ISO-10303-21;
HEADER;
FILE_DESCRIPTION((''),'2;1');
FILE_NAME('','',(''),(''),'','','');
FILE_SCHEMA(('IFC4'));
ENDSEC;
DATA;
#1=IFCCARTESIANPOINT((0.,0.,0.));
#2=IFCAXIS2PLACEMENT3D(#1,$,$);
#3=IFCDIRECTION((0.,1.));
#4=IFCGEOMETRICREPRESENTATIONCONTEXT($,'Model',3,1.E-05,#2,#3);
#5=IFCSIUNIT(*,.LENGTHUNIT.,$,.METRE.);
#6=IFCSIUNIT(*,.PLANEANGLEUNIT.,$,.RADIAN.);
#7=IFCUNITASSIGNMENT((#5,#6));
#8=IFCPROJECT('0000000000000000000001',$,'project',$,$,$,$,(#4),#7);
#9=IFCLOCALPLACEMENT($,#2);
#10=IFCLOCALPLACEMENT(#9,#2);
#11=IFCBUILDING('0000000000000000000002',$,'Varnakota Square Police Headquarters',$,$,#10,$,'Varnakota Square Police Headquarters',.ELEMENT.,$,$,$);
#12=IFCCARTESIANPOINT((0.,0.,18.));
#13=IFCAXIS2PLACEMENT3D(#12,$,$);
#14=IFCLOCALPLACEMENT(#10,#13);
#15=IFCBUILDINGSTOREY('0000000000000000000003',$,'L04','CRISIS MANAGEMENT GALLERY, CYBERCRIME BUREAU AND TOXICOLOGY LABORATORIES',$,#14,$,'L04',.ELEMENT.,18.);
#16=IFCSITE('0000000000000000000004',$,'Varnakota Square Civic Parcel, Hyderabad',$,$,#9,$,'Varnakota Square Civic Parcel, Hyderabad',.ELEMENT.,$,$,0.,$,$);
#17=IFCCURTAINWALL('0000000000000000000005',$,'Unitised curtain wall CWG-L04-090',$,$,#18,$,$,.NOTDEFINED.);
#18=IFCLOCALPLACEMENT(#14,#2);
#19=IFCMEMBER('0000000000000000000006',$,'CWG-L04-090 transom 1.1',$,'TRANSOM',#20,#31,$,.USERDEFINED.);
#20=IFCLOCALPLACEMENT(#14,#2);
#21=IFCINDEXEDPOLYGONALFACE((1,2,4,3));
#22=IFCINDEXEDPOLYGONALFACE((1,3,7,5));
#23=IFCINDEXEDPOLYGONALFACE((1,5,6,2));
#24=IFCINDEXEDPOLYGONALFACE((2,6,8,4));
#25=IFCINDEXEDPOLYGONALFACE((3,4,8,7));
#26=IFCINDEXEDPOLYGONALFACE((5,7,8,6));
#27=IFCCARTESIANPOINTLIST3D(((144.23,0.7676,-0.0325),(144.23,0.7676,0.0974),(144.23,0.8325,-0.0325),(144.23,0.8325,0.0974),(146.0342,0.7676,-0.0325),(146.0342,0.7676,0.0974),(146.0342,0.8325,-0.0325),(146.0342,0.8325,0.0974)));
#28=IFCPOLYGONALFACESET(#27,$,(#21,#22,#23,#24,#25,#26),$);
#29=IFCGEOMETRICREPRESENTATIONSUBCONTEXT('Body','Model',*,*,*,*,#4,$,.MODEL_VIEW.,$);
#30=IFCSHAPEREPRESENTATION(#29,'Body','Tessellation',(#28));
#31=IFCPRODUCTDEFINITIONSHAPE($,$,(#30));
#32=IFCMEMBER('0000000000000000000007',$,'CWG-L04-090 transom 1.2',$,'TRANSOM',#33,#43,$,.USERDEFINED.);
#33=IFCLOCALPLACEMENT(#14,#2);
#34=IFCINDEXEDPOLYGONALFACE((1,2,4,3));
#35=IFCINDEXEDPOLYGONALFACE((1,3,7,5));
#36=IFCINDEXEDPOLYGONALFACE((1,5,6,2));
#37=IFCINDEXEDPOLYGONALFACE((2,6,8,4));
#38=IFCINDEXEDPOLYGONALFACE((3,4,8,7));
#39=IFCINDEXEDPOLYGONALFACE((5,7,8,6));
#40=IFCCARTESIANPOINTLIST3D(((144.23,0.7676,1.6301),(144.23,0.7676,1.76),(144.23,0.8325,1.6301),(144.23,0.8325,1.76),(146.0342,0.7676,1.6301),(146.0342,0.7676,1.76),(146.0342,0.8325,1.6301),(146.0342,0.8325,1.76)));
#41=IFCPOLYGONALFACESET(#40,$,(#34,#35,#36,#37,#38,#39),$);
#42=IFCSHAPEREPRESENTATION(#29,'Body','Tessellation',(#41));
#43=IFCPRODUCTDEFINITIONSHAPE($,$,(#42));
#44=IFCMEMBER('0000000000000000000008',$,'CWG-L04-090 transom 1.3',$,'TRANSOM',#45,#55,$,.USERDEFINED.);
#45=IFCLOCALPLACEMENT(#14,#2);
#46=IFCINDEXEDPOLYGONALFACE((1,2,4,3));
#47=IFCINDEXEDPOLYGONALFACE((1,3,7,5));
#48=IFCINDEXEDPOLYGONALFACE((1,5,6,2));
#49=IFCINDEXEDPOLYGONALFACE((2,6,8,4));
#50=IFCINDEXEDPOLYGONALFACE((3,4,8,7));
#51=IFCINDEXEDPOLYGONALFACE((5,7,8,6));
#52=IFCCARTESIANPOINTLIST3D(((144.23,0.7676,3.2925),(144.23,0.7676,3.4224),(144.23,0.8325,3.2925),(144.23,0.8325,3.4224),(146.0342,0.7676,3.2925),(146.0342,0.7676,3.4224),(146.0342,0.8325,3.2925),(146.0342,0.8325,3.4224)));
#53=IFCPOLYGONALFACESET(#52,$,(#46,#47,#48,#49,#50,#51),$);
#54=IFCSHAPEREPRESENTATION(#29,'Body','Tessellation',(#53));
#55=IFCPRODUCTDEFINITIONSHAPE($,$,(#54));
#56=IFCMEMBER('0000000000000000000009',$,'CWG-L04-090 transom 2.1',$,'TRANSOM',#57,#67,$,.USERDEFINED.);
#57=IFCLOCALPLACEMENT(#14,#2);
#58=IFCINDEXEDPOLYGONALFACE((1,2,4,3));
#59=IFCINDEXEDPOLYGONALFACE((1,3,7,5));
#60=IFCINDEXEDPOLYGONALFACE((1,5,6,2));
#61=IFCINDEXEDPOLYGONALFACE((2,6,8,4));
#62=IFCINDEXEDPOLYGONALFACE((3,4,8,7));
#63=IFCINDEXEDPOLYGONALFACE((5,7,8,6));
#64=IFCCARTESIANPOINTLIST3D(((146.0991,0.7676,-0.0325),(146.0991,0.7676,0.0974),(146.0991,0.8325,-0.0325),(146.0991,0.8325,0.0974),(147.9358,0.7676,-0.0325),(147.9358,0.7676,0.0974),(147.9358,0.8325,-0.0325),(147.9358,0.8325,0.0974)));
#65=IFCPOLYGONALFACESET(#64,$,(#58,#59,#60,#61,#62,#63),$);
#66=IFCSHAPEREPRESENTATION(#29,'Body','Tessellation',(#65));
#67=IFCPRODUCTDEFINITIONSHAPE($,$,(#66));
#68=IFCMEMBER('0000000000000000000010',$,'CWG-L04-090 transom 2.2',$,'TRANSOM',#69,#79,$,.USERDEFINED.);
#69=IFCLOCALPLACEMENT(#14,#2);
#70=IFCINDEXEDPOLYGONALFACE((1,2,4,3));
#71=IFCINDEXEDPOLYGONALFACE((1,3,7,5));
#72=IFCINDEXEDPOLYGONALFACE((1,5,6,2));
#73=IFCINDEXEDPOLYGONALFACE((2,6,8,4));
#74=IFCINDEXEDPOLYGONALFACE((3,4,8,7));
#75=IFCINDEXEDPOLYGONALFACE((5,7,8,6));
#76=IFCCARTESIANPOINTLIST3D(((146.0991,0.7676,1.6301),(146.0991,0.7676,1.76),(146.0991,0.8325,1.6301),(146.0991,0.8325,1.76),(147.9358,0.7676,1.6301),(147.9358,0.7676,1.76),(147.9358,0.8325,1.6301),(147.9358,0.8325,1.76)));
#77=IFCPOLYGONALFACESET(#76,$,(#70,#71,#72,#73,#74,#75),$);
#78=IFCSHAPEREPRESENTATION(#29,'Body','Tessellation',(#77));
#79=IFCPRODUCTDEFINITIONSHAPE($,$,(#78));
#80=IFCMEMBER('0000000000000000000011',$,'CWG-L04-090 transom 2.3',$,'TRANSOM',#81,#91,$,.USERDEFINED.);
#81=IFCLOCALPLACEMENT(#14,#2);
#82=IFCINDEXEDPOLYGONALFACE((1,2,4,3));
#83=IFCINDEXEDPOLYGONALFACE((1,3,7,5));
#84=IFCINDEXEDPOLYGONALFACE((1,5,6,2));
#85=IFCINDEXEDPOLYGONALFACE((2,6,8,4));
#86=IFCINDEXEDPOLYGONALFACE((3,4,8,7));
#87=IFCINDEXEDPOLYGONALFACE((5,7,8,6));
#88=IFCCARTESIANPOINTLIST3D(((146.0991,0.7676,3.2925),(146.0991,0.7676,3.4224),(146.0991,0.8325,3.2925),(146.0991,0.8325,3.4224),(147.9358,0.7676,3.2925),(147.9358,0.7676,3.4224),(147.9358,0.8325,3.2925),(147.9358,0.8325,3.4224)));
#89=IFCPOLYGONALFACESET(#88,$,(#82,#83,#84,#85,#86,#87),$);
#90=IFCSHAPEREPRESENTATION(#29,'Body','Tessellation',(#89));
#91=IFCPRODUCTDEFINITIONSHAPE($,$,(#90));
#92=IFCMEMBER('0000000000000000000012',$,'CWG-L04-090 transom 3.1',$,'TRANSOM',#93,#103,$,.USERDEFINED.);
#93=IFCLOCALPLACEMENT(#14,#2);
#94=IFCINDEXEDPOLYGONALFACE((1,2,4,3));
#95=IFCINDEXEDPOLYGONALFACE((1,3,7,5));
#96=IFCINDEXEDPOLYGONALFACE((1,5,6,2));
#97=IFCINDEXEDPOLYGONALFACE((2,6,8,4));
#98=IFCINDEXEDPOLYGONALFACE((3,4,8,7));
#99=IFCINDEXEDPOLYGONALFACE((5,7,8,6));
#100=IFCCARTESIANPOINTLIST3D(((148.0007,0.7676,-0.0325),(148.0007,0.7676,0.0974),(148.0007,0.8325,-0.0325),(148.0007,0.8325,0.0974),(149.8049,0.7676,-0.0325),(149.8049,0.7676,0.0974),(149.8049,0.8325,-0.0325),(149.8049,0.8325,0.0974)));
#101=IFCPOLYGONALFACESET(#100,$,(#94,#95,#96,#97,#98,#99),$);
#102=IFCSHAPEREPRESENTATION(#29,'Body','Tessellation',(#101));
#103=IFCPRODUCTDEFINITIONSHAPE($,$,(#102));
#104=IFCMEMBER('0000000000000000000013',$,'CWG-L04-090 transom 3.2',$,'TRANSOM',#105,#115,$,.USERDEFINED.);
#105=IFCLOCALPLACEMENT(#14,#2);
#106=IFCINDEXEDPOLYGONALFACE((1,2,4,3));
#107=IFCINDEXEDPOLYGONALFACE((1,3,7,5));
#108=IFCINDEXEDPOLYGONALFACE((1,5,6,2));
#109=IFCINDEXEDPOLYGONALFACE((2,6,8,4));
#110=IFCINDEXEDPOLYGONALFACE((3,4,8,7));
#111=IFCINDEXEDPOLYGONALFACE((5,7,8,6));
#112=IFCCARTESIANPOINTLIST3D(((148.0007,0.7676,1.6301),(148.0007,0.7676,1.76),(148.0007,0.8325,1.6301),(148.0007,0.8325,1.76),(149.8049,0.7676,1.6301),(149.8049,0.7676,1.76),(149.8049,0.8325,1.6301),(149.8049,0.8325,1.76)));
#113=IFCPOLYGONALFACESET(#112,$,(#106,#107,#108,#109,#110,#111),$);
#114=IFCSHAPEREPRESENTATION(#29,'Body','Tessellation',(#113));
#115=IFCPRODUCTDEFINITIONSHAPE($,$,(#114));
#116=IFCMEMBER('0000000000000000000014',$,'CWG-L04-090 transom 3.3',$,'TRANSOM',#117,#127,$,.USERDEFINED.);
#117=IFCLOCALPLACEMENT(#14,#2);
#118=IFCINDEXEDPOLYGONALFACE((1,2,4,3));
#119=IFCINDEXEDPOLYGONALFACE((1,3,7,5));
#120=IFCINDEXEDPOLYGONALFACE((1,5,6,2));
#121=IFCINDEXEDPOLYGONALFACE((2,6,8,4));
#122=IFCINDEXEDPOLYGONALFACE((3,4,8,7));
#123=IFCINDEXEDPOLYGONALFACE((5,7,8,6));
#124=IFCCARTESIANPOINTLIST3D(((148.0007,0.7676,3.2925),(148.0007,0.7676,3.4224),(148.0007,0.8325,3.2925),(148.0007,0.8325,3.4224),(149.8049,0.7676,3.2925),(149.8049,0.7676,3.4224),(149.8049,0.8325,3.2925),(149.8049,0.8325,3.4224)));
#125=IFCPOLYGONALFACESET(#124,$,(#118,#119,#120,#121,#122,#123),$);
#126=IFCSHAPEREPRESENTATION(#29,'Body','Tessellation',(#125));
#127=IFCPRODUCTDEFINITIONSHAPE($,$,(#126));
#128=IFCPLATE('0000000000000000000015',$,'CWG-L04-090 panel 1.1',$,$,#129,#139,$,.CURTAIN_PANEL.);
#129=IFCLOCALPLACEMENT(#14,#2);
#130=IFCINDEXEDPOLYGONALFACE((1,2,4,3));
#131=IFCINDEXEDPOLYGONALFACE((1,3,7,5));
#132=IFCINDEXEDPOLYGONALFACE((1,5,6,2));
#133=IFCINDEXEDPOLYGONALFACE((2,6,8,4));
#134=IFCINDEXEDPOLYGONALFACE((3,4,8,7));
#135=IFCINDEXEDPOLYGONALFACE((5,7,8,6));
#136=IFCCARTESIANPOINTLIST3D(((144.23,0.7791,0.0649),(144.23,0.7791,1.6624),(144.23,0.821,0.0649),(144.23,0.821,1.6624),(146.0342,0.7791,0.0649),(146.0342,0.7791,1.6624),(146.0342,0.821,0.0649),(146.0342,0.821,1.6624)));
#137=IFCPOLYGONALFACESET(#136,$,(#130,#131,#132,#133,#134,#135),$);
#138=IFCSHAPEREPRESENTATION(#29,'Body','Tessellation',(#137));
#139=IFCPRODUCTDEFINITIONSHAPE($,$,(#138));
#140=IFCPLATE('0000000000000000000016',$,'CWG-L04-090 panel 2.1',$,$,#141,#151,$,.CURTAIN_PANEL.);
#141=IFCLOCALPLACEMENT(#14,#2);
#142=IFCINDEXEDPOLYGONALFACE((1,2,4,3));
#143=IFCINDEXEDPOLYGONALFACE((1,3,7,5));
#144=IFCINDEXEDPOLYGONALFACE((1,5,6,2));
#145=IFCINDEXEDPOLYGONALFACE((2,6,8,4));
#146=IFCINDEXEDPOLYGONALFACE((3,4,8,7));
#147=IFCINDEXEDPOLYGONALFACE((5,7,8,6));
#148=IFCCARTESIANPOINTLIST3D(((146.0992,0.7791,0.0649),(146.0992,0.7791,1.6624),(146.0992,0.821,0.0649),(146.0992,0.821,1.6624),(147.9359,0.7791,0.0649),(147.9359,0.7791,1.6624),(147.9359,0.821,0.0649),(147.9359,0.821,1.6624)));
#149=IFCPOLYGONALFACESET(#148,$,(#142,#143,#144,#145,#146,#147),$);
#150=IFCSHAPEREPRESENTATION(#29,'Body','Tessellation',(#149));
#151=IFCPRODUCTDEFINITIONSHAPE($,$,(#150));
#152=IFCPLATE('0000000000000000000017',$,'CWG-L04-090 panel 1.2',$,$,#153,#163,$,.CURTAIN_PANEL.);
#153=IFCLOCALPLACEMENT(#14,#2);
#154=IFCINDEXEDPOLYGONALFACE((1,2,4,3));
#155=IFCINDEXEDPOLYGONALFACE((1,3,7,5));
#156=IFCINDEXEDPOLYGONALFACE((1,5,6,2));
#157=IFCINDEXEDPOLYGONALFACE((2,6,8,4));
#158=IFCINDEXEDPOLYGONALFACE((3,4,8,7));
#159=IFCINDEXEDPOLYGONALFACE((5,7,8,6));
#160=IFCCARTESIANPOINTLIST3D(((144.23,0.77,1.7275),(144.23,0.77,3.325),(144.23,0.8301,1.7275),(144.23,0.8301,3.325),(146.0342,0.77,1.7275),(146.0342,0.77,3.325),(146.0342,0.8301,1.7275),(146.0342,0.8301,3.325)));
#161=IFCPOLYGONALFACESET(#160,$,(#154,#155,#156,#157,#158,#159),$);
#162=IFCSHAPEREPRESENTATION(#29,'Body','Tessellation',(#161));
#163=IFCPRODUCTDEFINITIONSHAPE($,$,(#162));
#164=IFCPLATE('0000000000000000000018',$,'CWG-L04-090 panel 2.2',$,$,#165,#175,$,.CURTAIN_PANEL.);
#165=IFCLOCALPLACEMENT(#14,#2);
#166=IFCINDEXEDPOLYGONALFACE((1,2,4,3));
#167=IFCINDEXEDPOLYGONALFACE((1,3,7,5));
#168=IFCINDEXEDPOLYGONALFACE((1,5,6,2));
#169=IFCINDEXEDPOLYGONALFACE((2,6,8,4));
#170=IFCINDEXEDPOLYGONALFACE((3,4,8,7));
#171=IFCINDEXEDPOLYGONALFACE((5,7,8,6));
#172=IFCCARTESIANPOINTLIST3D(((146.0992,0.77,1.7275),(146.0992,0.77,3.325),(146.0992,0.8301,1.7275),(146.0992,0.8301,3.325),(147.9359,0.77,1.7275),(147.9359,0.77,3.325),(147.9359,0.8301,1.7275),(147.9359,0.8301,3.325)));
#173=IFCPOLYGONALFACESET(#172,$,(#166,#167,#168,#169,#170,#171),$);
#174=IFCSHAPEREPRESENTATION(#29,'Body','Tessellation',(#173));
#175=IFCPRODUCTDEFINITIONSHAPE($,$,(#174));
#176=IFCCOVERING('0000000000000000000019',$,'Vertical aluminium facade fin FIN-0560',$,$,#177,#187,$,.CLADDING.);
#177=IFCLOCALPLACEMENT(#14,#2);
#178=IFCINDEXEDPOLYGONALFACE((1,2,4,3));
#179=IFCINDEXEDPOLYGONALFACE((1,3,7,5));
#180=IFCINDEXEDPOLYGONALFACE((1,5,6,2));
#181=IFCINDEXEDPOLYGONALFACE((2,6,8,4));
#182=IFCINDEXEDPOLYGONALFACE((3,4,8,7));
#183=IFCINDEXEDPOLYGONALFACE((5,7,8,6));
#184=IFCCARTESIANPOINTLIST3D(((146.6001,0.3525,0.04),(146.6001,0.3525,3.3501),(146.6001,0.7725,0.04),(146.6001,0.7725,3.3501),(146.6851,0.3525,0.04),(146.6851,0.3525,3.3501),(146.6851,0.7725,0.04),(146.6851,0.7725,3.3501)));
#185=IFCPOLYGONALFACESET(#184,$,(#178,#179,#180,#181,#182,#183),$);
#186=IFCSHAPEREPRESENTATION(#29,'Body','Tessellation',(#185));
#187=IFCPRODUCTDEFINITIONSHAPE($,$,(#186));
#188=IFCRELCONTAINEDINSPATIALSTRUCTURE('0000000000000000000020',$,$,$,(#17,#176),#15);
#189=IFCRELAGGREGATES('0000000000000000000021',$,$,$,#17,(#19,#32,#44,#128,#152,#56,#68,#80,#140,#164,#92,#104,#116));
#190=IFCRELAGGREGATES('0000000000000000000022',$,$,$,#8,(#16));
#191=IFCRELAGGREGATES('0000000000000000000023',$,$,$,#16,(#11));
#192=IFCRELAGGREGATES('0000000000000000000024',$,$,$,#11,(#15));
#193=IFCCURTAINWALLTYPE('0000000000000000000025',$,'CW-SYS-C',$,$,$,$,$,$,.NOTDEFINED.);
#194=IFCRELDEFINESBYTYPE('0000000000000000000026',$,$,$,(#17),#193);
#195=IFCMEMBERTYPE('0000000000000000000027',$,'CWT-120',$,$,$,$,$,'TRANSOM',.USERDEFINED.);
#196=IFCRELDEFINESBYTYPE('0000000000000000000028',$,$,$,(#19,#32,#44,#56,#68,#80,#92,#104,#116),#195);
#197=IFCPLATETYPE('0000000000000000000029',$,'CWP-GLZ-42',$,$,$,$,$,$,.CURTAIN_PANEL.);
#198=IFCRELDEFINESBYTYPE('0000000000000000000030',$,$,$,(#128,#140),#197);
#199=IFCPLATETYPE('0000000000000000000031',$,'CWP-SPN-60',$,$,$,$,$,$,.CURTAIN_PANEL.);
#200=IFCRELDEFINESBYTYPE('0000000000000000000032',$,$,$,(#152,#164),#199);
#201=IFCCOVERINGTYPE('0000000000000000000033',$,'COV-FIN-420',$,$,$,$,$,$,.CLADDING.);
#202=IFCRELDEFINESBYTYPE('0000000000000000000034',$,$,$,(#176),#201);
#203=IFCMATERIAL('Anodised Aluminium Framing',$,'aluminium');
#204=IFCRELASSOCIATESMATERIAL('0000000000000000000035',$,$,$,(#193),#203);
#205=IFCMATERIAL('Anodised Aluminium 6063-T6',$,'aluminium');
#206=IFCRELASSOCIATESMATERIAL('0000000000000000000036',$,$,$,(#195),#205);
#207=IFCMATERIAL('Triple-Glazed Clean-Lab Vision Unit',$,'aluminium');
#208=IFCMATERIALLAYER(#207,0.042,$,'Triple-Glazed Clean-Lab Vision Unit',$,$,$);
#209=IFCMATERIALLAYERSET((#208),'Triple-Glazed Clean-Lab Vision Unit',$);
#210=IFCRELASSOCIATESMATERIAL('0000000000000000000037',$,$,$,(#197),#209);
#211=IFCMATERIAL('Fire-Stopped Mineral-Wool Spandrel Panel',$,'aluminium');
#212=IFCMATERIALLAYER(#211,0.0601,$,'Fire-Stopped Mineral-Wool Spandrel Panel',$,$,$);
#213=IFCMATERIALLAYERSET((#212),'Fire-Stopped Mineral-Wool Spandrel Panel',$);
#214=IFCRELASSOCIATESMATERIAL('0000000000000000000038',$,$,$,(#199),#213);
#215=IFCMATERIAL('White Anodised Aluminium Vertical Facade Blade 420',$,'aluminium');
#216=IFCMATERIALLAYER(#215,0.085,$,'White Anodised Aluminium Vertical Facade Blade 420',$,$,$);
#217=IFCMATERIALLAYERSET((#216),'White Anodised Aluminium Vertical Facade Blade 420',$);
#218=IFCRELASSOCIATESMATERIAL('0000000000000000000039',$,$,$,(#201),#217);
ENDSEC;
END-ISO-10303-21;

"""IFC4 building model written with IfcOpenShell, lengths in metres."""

from ifc_helpers import new_model, si_unit, direction, frame, origin, origin_2d, place, context, subcontext, project, spatial, rectangle, extrude, material, layer, layer_set, material_profile, profile_set, type_object, element, aggregate, save


model = new_model("IFC4")

# Units and contexts
model_context = context("Model", 3, precision=1e-05, world=origin(), true_north=direction((0.0, 1.0)))
body_context = subcontext(model_context, "Body", "Model", "MODEL_VIEW")
ifc_project = project(units=[si_unit("LENGTHUNIT", "METRE"), si_unit("PLANEANGLEUNIT", "RADIAN")], contexts=[model_context])

# Site, building, storey
site_placement = place(None, origin())
site = spatial("IfcSite", under=ifc_project, at=site_placement, Name="Varnakota Square Civic Parcel, Hyderabad", LongName="Varnakota Square Civic Parcel, Hyderabad", CompositionType="ELEMENT", RefElevation=0.0)
building_placement = place(site_placement, origin())
building = spatial("IfcBuilding", under=site, at=building_placement, Name="Varnakota Square Police Headquarters", LongName="Varnakota Square Police Headquarters", CompositionType="ELEMENT")
storey_placement = place(building_placement, frame((0.0, 0.0, 18.0)))
storey = spatial("IfcBuildingStorey", under=building, at=storey_placement, Name="L04", Description="CRISIS MANAGEMENT GALLERY, CYBERCRIME BUREAU AND TOXICOLOGY LABORATORIES", LongName="L04", CompositionType="ELEMENT", Elevation=18.0)

# Curtain wall, members, plates
ifc_material_1 = material(Name="Anodised Aluminium Framing", Category="aluminium")
curtain_wall_type = type_object("IfcCurtainWallType", Name="CW-SYS-C", PredefinedType="NOTDEFINED", material=ifc_material_1)
curtain_wall_placement = place(storey_placement, origin())
curtain_wall = element("IfcCurtainWall", 1, at=curtain_wall_placement, inside=storey, type_object=curtain_wall_type, Name="Unitised curtain wall CWG-L04-090", PredefinedType="NOTDEFINED")
ifc_material_2 = material(Name="Anodised Aluminium 6063-T6", Category="aluminium")
ifc_material_profile_1 = material_profile(ifc_material_2, rectangle(XDim=0.0649, YDim=0.1299, at=origin_2d()), Name="ALU TRANSOM 65x130")
ifc_profile_set_1 = profile_set([ifc_material_profile_1], Name="Anodised Aluminium 6063-T6")
member_type_1 = type_object("IfcMemberType", Name="CWT-120", ElementType="TRANSOM", PredefinedType="USERDEFINED", material=ifc_profile_set_1)
member_1_placement = place(storey_placement, frame((144.23, 0.8, 0.0325), z_axis=(1.0, 0.0, 0.0), x_axis=(0.0, 1.0, 0.0)))
member_1 = element("IfcMember", 2, at=member_1_placement, type_object=member_type_1, Name="CWG-L04-090 transom 1.1", ObjectType="TRANSOM", PredefinedType="USERDEFINED", context=body_context, shape_type="SweptSolid", body=[
    extrude(rectangle(XDim=0.0649, YDim=0.1299, at=origin_2d()), origin(), (0.0, 0.0, 1.0), 1.8042),
])
member_2_placement = place(storey_placement, frame((144.23, 0.8, 1.6951), z_axis=(1.0, 0.0, 0.0), x_axis=(0.0, 1.0, 0.0)))
member_2 = element("IfcMember", 3, at=member_2_placement, type_object=member_type_1, Name="CWG-L04-090 transom 1.2", ObjectType="TRANSOM", PredefinedType="USERDEFINED", context=body_context, shape_type="SweptSolid", body=[
    extrude(rectangle(XDim=0.0649, YDim=0.1299, at=origin_2d()), origin(), (0.0, 0.0, 1.0), 1.8042),
])
member_3_placement = place(storey_placement, frame((144.23, 0.8, 3.3574), z_axis=(1.0, 0.0, 0.0), x_axis=(0.0, 1.0, 0.0)))
member_3 = element("IfcMember", 4, at=member_3_placement, type_object=member_type_1, Name="CWG-L04-090 transom 1.3", ObjectType="TRANSOM", PredefinedType="USERDEFINED", context=body_context, shape_type="SweptSolid", body=[
    extrude(rectangle(XDim=0.0649, YDim=0.1299, at=origin_2d()), origin(), (0.0, 0.0, 1.0), 1.8042),
])
member_4_placement = place(storey_placement, frame((146.0991, 0.8, 0.0325), z_axis=(1.0, 0.0, 0.0), x_axis=(0.0, 1.0, 0.0)))
member_4 = element("IfcMember", 5, at=member_4_placement, type_object=member_type_1, Name="CWG-L04-090 transom 2.1", ObjectType="TRANSOM", PredefinedType="USERDEFINED", context=body_context, shape_type="SweptSolid", body=[
    extrude(rectangle(XDim=0.0649, YDim=0.1299, at=origin_2d()), origin(), (0.0, 0.0, 1.0), 1.8367),
])
member_5_placement = place(storey_placement, frame((146.0991, 0.8, 1.6951), z_axis=(1.0, 0.0, 0.0), x_axis=(0.0, 1.0, 0.0)))
member_5 = element("IfcMember", 6, at=member_5_placement, type_object=member_type_1, Name="CWG-L04-090 transom 2.2", ObjectType="TRANSOM", PredefinedType="USERDEFINED", context=body_context, shape_type="SweptSolid", body=[
    extrude(rectangle(XDim=0.0649, YDim=0.1299, at=origin_2d()), origin(), (0.0, 0.0, 1.0), 1.8367),
])
member_6_placement = place(storey_placement, frame((146.0991, 0.8, 3.3574), z_axis=(1.0, 0.0, 0.0), x_axis=(0.0, 1.0, 0.0)))
member_6 = element("IfcMember", 7, at=member_6_placement, type_object=member_type_1, Name="CWG-L04-090 transom 2.3", ObjectType="TRANSOM", PredefinedType="USERDEFINED", context=body_context, shape_type="SweptSolid", body=[
    extrude(rectangle(XDim=0.0649, YDim=0.1299, at=origin_2d()), origin(), (0.0, 0.0, 1.0), 1.8367),
])
member_7_placement = place(storey_placement, frame((148.0007, 0.8, 0.0325), z_axis=(1.0, 0.0, 0.0), x_axis=(0.0, 1.0, 0.0)))
member_7 = element("IfcMember", 8, at=member_7_placement, type_object=member_type_1, Name="CWG-L04-090 transom 3.1", ObjectType="TRANSOM", PredefinedType="USERDEFINED", context=body_context, shape_type="SweptSolid", body=[
    extrude(rectangle(XDim=0.0649, YDim=0.1299, at=origin_2d()), origin(), (0.0, 0.0, 1.0), 1.8042),
])
member_8_placement = place(storey_placement, frame((148.0007, 0.8, 1.6951), z_axis=(1.0, 0.0, 0.0), x_axis=(0.0, 1.0, 0.0)))
member_8 = element("IfcMember", 9, at=member_8_placement, type_object=member_type_1, Name="CWG-L04-090 transom 3.2", ObjectType="TRANSOM", PredefinedType="USERDEFINED", context=body_context, shape_type="SweptSolid", body=[
    extrude(rectangle(XDim=0.0649, YDim=0.1299, at=origin_2d()), origin(), (0.0, 0.0, 1.0), 1.8042),
])
member_9_placement = place(storey_placement, frame((148.0007, 0.8, 3.3574), z_axis=(1.0, 0.0, 0.0), x_axis=(0.0, 1.0, 0.0)))
member_9 = element("IfcMember", 10, at=member_9_placement, type_object=member_type_1, Name="CWG-L04-090 transom 3.3", ObjectType="TRANSOM", PredefinedType="USERDEFINED", context=body_context, shape_type="SweptSolid", body=[
    extrude(rectangle(XDim=0.0649, YDim=0.1299, at=origin_2d()), origin(), (0.0, 0.0, 1.0), 1.8042),
])
ifc_material_3 = material(Name="Triple-Glazed Clean-Lab Vision Unit", Category="aluminium")
ifc_layer_1 = layer(ifc_material_3, 0.042, Name="Triple-Glazed Clean-Lab Vision Unit")
ifc_layer_set_1 = layer_set([ifc_layer_1], Name="Triple-Glazed Clean-Lab Vision Unit")
plate_type_1 = type_object("IfcPlateType", Name="CWP-GLZ-42", PredefinedType="CURTAIN_PANEL", material=ifc_layer_set_1)
plate_1_placement = place(storey_placement, frame((145.1321, 0.8, 0.0649), z_axis=(0.0, 0.0, 1.0), x_axis=(1.0, 0.0, 0.0)))
plate_1 = element("IfcPlate", 11, at=plate_1_placement, type_object=plate_type_1, Name="CWG-L04-090 panel 1.1", PredefinedType="CURTAIN_PANEL", context=body_context, shape_type="SweptSolid", body=[
    extrude(rectangle(XDim=1.8042, YDim=0.042, at=origin_2d()), origin(), (0.0, 0.0, 1.0), 1.5974),
])
plate_2_placement = place(storey_placement, frame((147.0176, 0.8, 0.0649), z_axis=(0.0, 0.0, 1.0), x_axis=(1.0, 0.0, 0.0)))
plate_2 = element("IfcPlate", 12, at=plate_2_placement, type_object=plate_type_1, Name="CWG-L04-090 panel 2.1", PredefinedType="CURTAIN_PANEL", context=body_context, shape_type="SweptSolid", body=[
    extrude(rectangle(XDim=1.8367, YDim=0.042, at=origin_2d()), origin(), (0.0, 0.0, 1.0), 1.5974),
])
ifc_material_4 = material(Name="Fire-Stopped Mineral-Wool Spandrel Panel", Category="aluminium")
ifc_layer_2 = layer(ifc_material_4, 0.0601, Name="Fire-Stopped Mineral-Wool Spandrel Panel")
ifc_layer_set_2 = layer_set([ifc_layer_2], Name="Fire-Stopped Mineral-Wool Spandrel Panel")
plate_type_2 = type_object("IfcPlateType", Name="CWP-SPN-60", PredefinedType="CURTAIN_PANEL", material=ifc_layer_set_2)
plate_3_placement = place(storey_placement, frame((145.1321, 0.8, 1.7275), z_axis=(0.0, 0.0, 1.0), x_axis=(1.0, 0.0, 0.0)))
plate_3 = element("IfcPlate", 13, at=plate_3_placement, type_object=plate_type_2, Name="CWG-L04-090 panel 1.2", PredefinedType="CURTAIN_PANEL", context=body_context, shape_type="SweptSolid", body=[
    extrude(rectangle(XDim=1.8042, YDim=0.0601, at=origin_2d()), origin(), (0.0, 0.0, 1.0), 1.5974),
])
plate_4_placement = place(storey_placement, frame((147.0176, 0.8, 1.7275), z_axis=(0.0, 0.0, 1.0), x_axis=(1.0, 0.0, 0.0)))
plate_4 = element("IfcPlate", 14, at=plate_4_placement, type_object=plate_type_2, Name="CWG-L04-090 panel 2.2", PredefinedType="CURTAIN_PANEL", context=body_context, shape_type="SweptSolid", body=[
    extrude(rectangle(XDim=1.8367, YDim=0.0601, at=origin_2d()), origin(), (0.0, 0.0, 1.0), 1.5974),
])
aggregate(curtain_wall, [member_1, member_2, member_3, plate_1, plate_3, member_4, member_5, member_6, plate_2, plate_4, member_7, member_8, member_9])

# Covering
ifc_material_5 = material(Name="White Anodised Aluminium Vertical Facade Blade 420", Category="aluminium")
ifc_layer_3 = layer(ifc_material_5, 0.085, Name="White Anodised Aluminium Vertical Facade Blade 420")
ifc_layer_set_3 = layer_set([ifc_layer_3], Name="White Anodised Aluminium Vertical Facade Blade 420")
covering_type_1 = type_object("IfcCoveringType", Name="COV-FIN-420", PredefinedType="CLADDING", material=ifc_layer_set_3)
covering_1_placement = place(storey_placement, frame((146.6426, 0.5625, 0.04), z_axis=(0.0, 0.0, 1.0), x_axis=(1.0, 0.0, 0.0)))
element("IfcCovering", 15, at=covering_1_placement, inside=storey, type_object=covering_type_1, Name="Vertical aluminium facade fin FIN-0560", PredefinedType="CLADDING", context=body_context, shape_type="SweptSolid", body=[
    extrude(rectangle(XDim=0.085, YDim=0.4199, at=origin_2d()), origin(), (0.0, 0.0, 1.0), 3.3101),
])

save(model, "model.ifc")
